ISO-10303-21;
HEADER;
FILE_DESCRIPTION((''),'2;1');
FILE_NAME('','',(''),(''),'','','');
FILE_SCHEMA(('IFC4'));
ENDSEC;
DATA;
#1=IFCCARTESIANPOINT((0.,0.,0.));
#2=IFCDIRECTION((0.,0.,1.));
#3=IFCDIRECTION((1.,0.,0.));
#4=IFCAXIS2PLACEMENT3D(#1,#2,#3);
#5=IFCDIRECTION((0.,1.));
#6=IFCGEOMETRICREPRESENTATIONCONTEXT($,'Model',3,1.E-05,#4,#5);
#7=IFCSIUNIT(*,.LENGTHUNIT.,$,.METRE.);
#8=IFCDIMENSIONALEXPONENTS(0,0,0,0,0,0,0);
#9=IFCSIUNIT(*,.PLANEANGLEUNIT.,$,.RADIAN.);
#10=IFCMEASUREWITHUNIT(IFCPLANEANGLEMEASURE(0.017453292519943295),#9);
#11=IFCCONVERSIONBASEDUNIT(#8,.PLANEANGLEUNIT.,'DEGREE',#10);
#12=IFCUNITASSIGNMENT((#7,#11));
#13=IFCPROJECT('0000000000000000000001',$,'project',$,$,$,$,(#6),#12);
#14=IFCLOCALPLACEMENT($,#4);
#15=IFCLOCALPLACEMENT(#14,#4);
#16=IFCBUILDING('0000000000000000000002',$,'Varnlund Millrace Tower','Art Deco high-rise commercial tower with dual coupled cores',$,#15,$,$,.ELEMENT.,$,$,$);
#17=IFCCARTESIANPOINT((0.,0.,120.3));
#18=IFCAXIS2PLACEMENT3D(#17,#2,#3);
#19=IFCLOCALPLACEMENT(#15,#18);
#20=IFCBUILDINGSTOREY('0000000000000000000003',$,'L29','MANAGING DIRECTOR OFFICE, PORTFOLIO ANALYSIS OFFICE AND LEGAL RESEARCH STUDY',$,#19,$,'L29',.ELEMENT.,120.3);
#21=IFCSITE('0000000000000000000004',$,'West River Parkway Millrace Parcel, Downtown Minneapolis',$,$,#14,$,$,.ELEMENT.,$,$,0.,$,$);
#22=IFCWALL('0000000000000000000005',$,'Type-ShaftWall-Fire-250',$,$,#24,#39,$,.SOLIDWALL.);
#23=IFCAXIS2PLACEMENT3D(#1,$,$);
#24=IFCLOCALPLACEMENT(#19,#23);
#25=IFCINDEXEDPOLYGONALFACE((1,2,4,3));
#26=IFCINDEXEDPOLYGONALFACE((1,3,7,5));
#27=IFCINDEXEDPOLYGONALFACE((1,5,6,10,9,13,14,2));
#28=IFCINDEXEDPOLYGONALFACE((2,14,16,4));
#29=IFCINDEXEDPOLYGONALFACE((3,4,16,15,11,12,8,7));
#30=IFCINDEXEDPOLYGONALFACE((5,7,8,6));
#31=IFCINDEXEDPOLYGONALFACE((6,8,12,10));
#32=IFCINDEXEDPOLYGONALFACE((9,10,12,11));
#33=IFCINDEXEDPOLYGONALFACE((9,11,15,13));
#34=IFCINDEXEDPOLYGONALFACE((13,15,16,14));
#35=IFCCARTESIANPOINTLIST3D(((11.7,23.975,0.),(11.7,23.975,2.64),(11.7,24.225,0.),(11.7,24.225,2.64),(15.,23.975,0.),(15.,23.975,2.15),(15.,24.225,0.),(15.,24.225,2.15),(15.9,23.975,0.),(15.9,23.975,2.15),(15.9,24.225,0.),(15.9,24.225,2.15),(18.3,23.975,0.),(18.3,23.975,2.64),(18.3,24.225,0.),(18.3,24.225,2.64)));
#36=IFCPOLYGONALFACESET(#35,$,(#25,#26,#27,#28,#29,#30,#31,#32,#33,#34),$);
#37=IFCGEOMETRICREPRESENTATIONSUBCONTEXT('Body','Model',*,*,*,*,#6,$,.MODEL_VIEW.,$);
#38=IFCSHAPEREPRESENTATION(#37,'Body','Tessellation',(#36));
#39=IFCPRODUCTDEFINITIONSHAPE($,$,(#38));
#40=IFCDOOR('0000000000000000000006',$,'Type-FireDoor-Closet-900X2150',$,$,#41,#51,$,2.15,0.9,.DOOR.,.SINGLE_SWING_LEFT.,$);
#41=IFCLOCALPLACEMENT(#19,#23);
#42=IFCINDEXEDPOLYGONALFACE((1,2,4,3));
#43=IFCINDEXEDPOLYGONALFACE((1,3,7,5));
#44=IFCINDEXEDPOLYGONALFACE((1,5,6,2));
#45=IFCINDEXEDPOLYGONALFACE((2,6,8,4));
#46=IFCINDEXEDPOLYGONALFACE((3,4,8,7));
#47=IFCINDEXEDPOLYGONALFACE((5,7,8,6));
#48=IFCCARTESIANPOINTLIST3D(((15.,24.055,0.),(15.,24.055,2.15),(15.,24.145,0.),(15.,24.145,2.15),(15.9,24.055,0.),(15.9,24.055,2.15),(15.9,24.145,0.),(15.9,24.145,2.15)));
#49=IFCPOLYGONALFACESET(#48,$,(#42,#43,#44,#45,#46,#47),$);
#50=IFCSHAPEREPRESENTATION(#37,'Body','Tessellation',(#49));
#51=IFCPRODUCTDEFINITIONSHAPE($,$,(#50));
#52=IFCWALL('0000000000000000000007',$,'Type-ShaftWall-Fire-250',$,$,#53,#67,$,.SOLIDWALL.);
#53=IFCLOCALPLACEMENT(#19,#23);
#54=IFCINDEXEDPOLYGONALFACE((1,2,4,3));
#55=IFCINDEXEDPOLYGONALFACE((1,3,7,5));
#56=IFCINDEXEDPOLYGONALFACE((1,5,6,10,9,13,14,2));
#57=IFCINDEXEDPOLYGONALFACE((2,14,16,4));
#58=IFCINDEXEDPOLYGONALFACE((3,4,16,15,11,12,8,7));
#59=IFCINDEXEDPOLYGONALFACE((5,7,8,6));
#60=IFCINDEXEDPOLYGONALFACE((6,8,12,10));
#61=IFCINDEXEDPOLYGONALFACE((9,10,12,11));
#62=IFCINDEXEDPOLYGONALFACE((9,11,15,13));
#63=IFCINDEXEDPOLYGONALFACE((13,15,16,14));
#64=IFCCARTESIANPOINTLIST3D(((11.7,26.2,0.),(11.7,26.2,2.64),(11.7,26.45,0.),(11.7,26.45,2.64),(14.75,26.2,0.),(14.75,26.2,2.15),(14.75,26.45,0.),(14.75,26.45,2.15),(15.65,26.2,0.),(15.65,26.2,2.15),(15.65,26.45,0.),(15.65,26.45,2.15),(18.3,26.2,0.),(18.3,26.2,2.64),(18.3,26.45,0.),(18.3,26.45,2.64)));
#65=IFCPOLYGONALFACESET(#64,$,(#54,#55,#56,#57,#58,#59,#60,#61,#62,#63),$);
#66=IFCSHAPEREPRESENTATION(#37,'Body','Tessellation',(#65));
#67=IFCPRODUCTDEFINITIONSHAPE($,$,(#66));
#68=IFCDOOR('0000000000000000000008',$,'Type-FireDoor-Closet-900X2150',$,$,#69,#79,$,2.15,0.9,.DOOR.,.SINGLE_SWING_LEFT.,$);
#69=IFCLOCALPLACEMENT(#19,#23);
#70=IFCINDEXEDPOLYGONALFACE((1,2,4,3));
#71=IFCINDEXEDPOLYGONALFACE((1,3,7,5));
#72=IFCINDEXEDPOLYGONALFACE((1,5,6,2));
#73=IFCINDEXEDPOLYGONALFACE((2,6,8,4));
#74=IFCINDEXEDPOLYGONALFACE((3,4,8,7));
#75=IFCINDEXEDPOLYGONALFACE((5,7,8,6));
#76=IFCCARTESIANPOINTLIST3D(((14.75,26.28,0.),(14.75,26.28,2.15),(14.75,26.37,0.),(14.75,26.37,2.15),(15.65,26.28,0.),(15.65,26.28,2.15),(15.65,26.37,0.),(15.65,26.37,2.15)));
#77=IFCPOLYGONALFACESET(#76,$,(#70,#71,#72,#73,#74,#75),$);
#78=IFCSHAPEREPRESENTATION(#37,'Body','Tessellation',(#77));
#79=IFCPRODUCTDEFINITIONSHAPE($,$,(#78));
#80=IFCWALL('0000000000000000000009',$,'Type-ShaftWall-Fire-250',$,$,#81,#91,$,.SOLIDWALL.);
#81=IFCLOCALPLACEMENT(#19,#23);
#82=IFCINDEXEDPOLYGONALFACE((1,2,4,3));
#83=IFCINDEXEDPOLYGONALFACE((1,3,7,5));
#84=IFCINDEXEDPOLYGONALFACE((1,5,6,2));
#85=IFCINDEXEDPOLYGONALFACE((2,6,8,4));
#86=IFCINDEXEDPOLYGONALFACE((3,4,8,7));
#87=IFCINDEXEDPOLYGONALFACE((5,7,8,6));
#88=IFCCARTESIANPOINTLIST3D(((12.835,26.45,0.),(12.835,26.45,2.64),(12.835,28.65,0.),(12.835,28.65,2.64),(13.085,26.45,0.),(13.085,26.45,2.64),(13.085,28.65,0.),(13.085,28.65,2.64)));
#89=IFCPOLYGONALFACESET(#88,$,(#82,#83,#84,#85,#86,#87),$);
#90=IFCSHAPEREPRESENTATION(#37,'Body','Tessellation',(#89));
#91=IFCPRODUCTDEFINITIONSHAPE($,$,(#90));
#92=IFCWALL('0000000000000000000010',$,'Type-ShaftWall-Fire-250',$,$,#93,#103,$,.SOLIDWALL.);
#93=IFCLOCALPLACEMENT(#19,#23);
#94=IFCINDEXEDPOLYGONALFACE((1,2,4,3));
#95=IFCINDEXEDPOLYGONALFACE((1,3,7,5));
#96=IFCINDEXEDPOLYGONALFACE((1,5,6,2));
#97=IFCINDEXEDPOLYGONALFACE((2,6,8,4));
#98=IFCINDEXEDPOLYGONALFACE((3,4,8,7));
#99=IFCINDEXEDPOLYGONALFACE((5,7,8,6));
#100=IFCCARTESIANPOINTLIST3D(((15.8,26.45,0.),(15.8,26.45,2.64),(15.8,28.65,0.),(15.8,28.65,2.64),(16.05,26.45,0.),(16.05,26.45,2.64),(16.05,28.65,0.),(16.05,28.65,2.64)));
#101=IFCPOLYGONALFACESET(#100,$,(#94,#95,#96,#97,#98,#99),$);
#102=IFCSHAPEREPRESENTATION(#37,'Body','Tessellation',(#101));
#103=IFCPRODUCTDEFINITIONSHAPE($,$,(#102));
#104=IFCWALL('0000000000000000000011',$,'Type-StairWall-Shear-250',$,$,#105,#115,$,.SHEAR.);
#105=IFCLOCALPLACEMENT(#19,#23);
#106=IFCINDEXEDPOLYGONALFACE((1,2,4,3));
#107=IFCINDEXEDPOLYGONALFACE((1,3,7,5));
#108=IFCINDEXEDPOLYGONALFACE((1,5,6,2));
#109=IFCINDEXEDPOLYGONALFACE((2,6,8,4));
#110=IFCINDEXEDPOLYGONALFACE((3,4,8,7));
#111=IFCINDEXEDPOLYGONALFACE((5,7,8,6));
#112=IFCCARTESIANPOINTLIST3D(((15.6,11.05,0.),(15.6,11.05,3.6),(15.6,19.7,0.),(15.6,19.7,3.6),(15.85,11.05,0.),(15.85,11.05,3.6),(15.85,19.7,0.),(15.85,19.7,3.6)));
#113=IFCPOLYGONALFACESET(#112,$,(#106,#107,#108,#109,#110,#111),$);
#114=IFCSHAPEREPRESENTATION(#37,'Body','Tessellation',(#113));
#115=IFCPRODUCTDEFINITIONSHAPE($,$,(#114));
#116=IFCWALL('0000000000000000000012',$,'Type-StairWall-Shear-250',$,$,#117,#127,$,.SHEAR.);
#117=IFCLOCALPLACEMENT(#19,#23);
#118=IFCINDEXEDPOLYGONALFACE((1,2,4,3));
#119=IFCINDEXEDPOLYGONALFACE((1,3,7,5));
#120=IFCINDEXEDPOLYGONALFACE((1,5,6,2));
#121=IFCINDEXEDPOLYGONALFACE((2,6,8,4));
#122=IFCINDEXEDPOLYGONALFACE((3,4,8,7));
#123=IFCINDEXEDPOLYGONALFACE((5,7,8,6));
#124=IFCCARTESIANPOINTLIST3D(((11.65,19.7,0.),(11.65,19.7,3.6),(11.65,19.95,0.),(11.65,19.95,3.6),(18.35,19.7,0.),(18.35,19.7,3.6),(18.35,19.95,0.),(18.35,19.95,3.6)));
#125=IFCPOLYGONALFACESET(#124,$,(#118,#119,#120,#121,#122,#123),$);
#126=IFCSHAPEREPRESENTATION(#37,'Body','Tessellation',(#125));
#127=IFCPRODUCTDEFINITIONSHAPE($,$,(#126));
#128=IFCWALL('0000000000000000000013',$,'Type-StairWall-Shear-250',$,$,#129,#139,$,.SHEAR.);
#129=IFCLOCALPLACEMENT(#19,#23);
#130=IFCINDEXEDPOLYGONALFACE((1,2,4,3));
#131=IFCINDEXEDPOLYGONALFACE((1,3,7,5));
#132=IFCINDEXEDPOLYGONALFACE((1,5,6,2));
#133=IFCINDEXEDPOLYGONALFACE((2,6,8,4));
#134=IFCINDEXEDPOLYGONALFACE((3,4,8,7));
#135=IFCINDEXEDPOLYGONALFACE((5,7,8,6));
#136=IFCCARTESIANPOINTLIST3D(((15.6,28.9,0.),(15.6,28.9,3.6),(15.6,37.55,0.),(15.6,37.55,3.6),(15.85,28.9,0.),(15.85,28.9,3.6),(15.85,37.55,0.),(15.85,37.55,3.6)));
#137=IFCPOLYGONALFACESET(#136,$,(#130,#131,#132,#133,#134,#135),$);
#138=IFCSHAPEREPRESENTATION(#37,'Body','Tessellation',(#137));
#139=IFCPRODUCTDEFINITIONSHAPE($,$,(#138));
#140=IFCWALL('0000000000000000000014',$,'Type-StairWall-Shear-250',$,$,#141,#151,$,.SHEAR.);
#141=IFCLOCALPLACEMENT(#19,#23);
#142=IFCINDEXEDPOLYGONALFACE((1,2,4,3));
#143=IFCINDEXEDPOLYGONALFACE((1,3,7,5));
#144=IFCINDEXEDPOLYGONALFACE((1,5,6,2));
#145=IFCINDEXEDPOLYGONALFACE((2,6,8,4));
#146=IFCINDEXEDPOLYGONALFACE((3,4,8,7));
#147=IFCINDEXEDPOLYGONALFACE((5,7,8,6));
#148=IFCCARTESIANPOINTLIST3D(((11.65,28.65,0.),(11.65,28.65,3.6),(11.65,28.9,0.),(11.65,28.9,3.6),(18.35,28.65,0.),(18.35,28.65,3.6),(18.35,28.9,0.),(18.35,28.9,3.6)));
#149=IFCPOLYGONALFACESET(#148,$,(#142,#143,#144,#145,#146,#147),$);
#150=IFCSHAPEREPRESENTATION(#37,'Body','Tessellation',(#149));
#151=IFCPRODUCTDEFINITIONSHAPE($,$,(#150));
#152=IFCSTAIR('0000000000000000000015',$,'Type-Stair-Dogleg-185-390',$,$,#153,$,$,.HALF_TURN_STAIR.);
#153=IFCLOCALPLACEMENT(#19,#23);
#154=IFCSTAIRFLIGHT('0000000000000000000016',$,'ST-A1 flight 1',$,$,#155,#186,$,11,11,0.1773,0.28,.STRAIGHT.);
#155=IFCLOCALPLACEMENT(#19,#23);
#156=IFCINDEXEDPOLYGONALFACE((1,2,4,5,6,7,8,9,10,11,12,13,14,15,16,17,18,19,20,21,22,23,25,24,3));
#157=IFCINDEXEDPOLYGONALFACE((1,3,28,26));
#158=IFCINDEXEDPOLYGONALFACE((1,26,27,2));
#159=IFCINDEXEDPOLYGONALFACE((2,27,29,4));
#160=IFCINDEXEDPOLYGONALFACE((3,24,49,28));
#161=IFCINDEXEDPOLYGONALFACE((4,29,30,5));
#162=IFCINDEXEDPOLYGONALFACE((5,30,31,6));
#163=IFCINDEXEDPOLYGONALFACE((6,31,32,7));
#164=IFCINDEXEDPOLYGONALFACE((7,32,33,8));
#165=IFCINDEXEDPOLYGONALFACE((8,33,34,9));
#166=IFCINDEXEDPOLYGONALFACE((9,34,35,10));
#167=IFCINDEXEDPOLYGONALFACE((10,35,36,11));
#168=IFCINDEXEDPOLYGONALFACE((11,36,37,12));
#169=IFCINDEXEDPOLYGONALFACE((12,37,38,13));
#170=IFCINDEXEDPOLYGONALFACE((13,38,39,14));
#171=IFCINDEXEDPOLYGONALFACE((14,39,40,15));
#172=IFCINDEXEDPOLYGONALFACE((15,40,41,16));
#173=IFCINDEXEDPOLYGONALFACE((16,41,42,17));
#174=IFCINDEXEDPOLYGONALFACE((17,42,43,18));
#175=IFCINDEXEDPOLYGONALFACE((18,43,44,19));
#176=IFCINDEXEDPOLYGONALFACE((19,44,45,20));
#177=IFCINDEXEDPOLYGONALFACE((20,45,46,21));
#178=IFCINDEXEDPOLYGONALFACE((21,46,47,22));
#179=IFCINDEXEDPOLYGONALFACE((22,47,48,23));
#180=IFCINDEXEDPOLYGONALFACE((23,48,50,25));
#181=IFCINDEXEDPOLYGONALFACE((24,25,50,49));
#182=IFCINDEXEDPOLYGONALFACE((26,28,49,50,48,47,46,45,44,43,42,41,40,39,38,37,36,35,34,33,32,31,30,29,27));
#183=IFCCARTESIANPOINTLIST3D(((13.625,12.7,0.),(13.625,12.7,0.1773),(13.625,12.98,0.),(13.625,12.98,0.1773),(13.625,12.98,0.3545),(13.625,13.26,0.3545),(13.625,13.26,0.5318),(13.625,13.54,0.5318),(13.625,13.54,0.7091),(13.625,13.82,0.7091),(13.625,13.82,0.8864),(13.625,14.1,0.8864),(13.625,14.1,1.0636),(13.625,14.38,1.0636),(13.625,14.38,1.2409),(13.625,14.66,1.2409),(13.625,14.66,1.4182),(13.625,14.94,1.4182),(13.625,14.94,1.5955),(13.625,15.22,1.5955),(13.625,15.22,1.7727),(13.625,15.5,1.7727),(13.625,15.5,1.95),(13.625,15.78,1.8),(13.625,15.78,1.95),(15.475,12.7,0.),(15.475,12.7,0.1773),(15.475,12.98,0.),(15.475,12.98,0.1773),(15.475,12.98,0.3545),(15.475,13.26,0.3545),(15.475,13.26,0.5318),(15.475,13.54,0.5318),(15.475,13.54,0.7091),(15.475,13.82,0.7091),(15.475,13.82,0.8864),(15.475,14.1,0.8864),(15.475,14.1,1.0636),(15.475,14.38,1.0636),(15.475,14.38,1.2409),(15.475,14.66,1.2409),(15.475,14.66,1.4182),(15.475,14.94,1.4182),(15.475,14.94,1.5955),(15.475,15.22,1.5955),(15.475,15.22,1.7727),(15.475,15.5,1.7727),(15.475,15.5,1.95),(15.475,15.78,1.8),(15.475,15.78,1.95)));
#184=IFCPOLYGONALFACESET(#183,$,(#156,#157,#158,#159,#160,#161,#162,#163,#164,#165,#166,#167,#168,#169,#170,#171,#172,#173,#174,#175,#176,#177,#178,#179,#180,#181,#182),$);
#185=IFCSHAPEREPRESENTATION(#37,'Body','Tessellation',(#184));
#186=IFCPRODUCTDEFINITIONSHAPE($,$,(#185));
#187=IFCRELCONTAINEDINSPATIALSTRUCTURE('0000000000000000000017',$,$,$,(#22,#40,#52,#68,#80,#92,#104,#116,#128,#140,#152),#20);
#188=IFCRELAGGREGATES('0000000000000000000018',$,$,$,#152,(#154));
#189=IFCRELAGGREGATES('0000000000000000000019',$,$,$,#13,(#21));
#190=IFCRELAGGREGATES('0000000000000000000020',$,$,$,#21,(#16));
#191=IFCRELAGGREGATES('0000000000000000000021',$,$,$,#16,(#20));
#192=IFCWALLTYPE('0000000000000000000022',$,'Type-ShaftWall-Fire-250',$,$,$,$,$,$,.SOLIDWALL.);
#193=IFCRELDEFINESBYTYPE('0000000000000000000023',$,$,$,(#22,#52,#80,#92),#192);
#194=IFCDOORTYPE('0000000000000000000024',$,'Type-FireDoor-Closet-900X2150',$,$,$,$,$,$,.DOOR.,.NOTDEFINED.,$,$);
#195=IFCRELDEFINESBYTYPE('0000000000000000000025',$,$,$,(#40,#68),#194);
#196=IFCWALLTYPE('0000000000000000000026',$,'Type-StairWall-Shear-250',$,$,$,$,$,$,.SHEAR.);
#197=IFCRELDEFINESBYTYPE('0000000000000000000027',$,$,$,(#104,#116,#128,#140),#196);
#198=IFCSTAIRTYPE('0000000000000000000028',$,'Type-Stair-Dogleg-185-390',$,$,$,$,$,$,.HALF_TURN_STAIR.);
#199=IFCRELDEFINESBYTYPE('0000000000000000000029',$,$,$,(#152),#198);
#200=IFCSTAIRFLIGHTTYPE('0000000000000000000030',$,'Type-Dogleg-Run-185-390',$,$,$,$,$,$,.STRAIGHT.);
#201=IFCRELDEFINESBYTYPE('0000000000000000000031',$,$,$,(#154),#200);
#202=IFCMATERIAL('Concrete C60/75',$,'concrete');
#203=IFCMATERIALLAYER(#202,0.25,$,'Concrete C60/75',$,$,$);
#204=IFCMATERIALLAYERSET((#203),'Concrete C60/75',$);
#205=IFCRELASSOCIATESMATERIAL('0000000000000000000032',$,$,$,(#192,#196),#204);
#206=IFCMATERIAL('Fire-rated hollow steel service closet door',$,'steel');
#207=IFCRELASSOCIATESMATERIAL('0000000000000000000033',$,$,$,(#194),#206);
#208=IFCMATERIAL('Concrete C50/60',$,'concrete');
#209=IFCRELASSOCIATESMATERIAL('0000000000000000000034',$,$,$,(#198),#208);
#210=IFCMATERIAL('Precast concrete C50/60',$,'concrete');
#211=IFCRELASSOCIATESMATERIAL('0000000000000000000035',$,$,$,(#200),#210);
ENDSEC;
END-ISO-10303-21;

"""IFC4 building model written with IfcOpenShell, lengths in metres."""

from ifc_helpers import new_model, entity, si_unit, converted_unit, direction, frame, origin_with_axes, origin_2d_with_axis, place, context, subcontext, project, spatial, polyline, rectangle, outline, extrude, material, layer, layer_set, type_object, element, fill, aggregate, save


model = new_model("IFC4")

# Units and contexts
model_context = context("Model", 3, precision=1e-05, world=origin_with_axes(), true_north=direction((0.0, 1.0)))
body_context = subcontext(model_context, "Body", "Model", "MODEL_VIEW")
ifc_project = project(units=[si_unit("LENGTHUNIT", "METRE"), converted_unit("PLANEANGLEUNIT", "DEGREE", entity("IfcPlaneAngleMeasure", 0.017453292519943295), si_unit("PLANEANGLEUNIT", "RADIAN"), dimensions=[0, 0, 0, 0, 0, 0, 0])], contexts=[model_context])

# Site, building, storey
site_placement = place(None, origin_with_axes())
site = spatial("IfcSite", under=ifc_project, at=site_placement, Name="West River Parkway Millrace Parcel, Downtown Minneapolis", CompositionType="ELEMENT", RefElevation=0.0)
building_placement = place(site_placement, origin_with_axes())
building = spatial("IfcBuilding", under=site, at=building_placement, Name="Varnlund Millrace Tower", Description="Art Deco high-rise commercial tower with dual coupled cores", CompositionType="ELEMENT")
storey_placement = place(building_placement, frame((0.0, 0.0, 120.3), z_axis=(0.0, 0.0, 1.0), x_axis=(1.0, 0.0, 0.0)))
storey = spatial("IfcBuildingStorey", under=building, at=storey_placement, Name="L29", Description="MANAGING DIRECTOR OFFICE, PORTFOLIO ANALYSIS OFFICE AND LEGAL RESEARCH STUDY", LongName="L29", CompositionType="ELEMENT", Elevation=120.3)

# Shared definitions
ifc_material_1 = material(Name="Concrete C60/75", Category="concrete")
ifc_layer_1 = layer(ifc_material_1, 0.25, Name="Concrete C60/75")
ifc_layer_set_1 = layer_set([ifc_layer_1], Name="Concrete C60/75")
wall_type_1 = type_object("IfcWallType", Name="Type-ShaftWall-Fire-250", PredefinedType="SOLIDWALL", material=ifc_layer_set_1)

# Walls, openings, doors
wall_1_placement = place(storey_placement, frame((11.7, 24.1, 0.0), z_axis=(0.0, 0.0, 1.0), x_axis=(1.0, 0.0, 0.0)))
wall_1 = element("IfcWall", 1, at=wall_1_placement, inside=storey, type_object=wall_type_1, Name="Type-ShaftWall-Fire-250", PredefinedType="SOLIDWALL", context=body_context, shape_type="SweptSolid", body=[
    extrude(outline(polyline([(0.0, -0.125), (6.6, -0.125), (6.6, 0.125), (0.0, 0.125), (0.0, -0.125)])), origin_with_axes(), (0.0, 0.0, 1.0), 2.64),
])
opening_1_placement = place(wall_1_placement, frame((3.75, 0.0, 0.0), z_axis=(0.0, 0.0, 1.0), x_axis=(1.0, 0.0, 0.0)))
opening_1 = element("IfcOpeningElement", 2, at=opening_1_placement, cuts=wall_1, PredefinedType="OPENING", context=body_context, shape_type="SweptSolid", body=[
    extrude(rectangle(XDim=0.9, YDim=0.27, at=origin_2d_with_axis()), origin_with_axes(), (0.0, 0.0, 1.0), 2.15),
])
ifc_material_2 = material(Name="Fire-rated hollow steel service closet door", Category="steel")
door_type_1 = type_object("IfcDoorType", Name="Type-FireDoor-Closet-900X2150", OperationType="NOTDEFINED", PredefinedType="DOOR", material=ifc_material_2)
door_1_placement = place(wall_1_placement, frame((3.75, 0.0, 0.0), z_axis=(0.0, 0.0, 1.0), x_axis=(1.0, 0.0, 0.0)))
door_1 = element("IfcDoor", 3, at=door_1_placement, inside=storey, type_object=door_type_1, Name="Type-FireDoor-Closet-900X2150", OperationType="SINGLE_SWING_LEFT", OverallHeight=2.15, OverallWidth=0.9, PredefinedType="DOOR", context=body_context, shape_type="SweptSolid", body=[
    extrude(rectangle(XDim=0.9, YDim=0.09, at=origin_2d_with_axis()), origin_with_axes(), (0.0, 0.0, 1.0), 2.15),
])
fill(opening_1, door_1)
wall_2_placement = place(storey_placement, frame((11.7, 26.325, 0.0), z_axis=(0.0, 0.0, 1.0), x_axis=(1.0, 0.0, 0.0)))
wall_2 = element("IfcWall", 4, at=wall_2_placement, inside=storey, type_object=wall_type_1, Name="Type-ShaftWall-Fire-250", PredefinedType="SOLIDWALL", context=body_context, shape_type="SweptSolid", body=[
    extrude(outline(polyline([(0.0, -0.125), (6.6, -0.125), (6.6, 0.125), (0.0, 0.125), (0.0, -0.125)])), origin_with_axes(), (0.0, 0.0, 1.0), 2.64),
])
opening_2_placement = place(wall_2_placement, frame((3.5, 0.0, 0.0), z_axis=(0.0, 0.0, 1.0), x_axis=(1.0, 0.0, 0.0)))
opening_2 = element("IfcOpeningElement", 5, at=opening_2_placement, cuts=wall_2, PredefinedType="OPENING", context=body_context, shape_type="SweptSolid", body=[
    extrude(rectangle(XDim=0.9, YDim=0.27, at=origin_2d_with_axis()), origin_with_axes(), (0.0, 0.0, 1.0), 2.15),
])
door_2_placement = place(wall_2_placement, frame((3.5, 0.0, 0.0), z_axis=(0.0, 0.0, 1.0), x_axis=(1.0, 0.0, 0.0)))
door_2 = element("IfcDoor", 6, at=door_2_placement, inside=storey, type_object=door_type_1, Name="Type-FireDoor-Closet-900X2150", OperationType="SINGLE_SWING_LEFT", OverallHeight=2.15, OverallWidth=0.9, PredefinedType="DOOR", context=body_context, shape_type="SweptSolid", body=[
    extrude(rectangle(XDim=0.9, YDim=0.09, at=origin_2d_with_axis()), origin_with_axes(), (0.0, 0.0, 1.0), 2.15),
])
fill(opening_2, door_2)

# Walls
for number, where, z_axis, x_axis, name in (
    (7, (12.96, 26.45, 0.0), (0.0, 0.0, 1.0), (0.0, 1.0, 0.0), "Type-ShaftWall-Fire-250"),
    (8, (15.925, 26.45, 0.0), (0.0, 0.0, 1.0), (0.0, 1.0, 0.0), "Type-ShaftWall-Fire-250"),
):
    element("IfcWall", number, at=place(storey_placement, frame(where, z_axis=z_axis, x_axis=x_axis)), inside=storey, type_object=wall_type_1, Name=name, PredefinedType="SOLIDWALL", context=body_context, shape_type="SweptSolid", body=[
        extrude(outline(polyline([(0.0, -0.125), (2.2, -0.125), (2.2, 0.125), (0.0, 0.125), (0.0, -0.125)])), origin_with_axes(), (0.0, 0.0, 1.0), 2.64),
    ])
wall_type_2 = type_object("IfcWallType", Name="Type-StairWall-Shear-250", PredefinedType="SHEAR", material=ifc_layer_set_1)
wall_3_placement = place(storey_placement, frame((15.725, 11.05, 0.0), z_axis=(0.0, 0.0, 1.0), x_axis=(0.0, 1.0, 0.0)))
element("IfcWall", 9, at=wall_3_placement, inside=storey, type_object=wall_type_2, Name="Type-StairWall-Shear-250", PredefinedType="SHEAR", context=body_context, shape_type="SweptSolid", body=[
    extrude(outline(polyline([(0.0, -0.125), (8.65, -0.125), (8.65, 0.125), (0.0, 0.125), (0.0, -0.125)])), origin_with_axes(), (0.0, 0.0, 1.0), 3.6),
])
wall_4_placement = place(storey_placement, frame((11.65, 19.825, 0.0), z_axis=(0.0, 0.0, 1.0), x_axis=(1.0, 0.0, 0.0)))
element("IfcWall", 10, at=wall_4_placement, inside=storey, type_object=wall_type_2, Name="Type-StairWall-Shear-250", PredefinedType="SHEAR", context=body_context, shape_type="SweptSolid", body=[
    extrude(outline(polyline([(0.0, -0.125), (6.7, -0.125), (6.7, 0.125), (0.0, 0.125), (0.0, -0.125)])), origin_with_axes(), (0.0, 0.0, 1.0), 3.6),
])
wall_5_placement = place(storey_placement, frame((15.725, 28.9, 0.0), z_axis=(0.0, 0.0, 1.0), x_axis=(0.0, 1.0, 0.0)))
element("IfcWall", 11, at=wall_5_placement, inside=storey, type_object=wall_type_2, Name="Type-StairWall-Shear-250", PredefinedType="SHEAR", context=body_context, shape_type="SweptSolid", body=[
    extrude(outline(polyline([(0.0, -0.125), (8.65, -0.125), (8.65, 0.125), (0.0, 0.125), (0.0, -0.125)])), origin_with_axes(), (0.0, 0.0, 1.0), 3.6),
])
wall_6_placement = place(storey_placement, frame((11.65, 28.775, 0.0), z_axis=(0.0, 0.0, 1.0), x_axis=(1.0, 0.0, 0.0)))
element("IfcWall", 12, at=wall_6_placement, inside=storey, type_object=wall_type_2, Name="Type-StairWall-Shear-250", PredefinedType="SHEAR", context=body_context, shape_type="SweptSolid", body=[
    extrude(outline(polyline([(0.0, -0.125), (6.7, -0.125), (6.7, 0.125), (0.0, 0.125), (0.0, -0.125)])), origin_with_axes(), (0.0, 0.0, 1.0), 3.6),
])

# Stair, stair flight
ifc_material_3 = material(Name="Concrete C50/60", Category="concrete")
stair_type = type_object("IfcStairType", Name="Type-Stair-Dogleg-185-390", PredefinedType="HALF_TURN_STAIR", material=ifc_material_3)
stair_1_placement = place(storey_placement, origin_with_axes())
stair_1 = element("IfcStair", 13, at=stair_1_placement, inside=storey, type_object=stair_type, Name="Type-Stair-Dogleg-185-390", PredefinedType="HALF_TURN_STAIR")
ifc_material_4 = material(Name="Precast concrete C50/60", Category="concrete")
stair_flight_type = type_object("IfcStairFlightType", Name="Type-Dogleg-Run-185-390", PredefinedType="STRAIGHT", material=ifc_material_4)
stair_flight_1_placement = place(storey_placement, frame((13.625, 12.7, 0.0), z_axis=(1.0, 0.0, 0.0), x_axis=(0.0, 1.0, 0.0)))
stair_flight_1 = element("IfcStairFlight", 14, at=stair_flight_1_placement, type_object=stair_flight_type, Name="ST-A1 flight 1", NumberOfRisers=11, NumberOfTreads=11, PredefinedType="STRAIGHT", RiserHeight=0.1773, TreadLength=0.28, context=body_context, shape_type="SweptSolid", body=[
    extrude(outline(polyline([(0.0, 0.0), (0.0, 0.1773), (0.28, 0.1773), (0.28, 0.3545), (0.56, 0.3545), (0.56, 0.5318), (0.84, 0.5318), (0.84, 0.7091), (1.12, 0.7091), (1.12, 0.8864), (1.4, 0.8864), (1.4, 1.0636), (1.68, 1.0636), (1.68, 1.2409), (1.96, 1.2409), (1.96, 1.4182), (2.24, 1.4182), (2.24, 1.5955), (2.52, 1.5955), (2.52, 1.7727), (2.8, 1.7727), (2.8, 1.95), (3.08, 1.95), (3.08, 1.8), (0.28, 0.0), (0.0, 0.0)])), origin_with_axes(), (0.0, 0.0, 1.0), 1.85),
])
aggregate(stair_1, [stair_flight_1])

save(model, "model.ifc")
